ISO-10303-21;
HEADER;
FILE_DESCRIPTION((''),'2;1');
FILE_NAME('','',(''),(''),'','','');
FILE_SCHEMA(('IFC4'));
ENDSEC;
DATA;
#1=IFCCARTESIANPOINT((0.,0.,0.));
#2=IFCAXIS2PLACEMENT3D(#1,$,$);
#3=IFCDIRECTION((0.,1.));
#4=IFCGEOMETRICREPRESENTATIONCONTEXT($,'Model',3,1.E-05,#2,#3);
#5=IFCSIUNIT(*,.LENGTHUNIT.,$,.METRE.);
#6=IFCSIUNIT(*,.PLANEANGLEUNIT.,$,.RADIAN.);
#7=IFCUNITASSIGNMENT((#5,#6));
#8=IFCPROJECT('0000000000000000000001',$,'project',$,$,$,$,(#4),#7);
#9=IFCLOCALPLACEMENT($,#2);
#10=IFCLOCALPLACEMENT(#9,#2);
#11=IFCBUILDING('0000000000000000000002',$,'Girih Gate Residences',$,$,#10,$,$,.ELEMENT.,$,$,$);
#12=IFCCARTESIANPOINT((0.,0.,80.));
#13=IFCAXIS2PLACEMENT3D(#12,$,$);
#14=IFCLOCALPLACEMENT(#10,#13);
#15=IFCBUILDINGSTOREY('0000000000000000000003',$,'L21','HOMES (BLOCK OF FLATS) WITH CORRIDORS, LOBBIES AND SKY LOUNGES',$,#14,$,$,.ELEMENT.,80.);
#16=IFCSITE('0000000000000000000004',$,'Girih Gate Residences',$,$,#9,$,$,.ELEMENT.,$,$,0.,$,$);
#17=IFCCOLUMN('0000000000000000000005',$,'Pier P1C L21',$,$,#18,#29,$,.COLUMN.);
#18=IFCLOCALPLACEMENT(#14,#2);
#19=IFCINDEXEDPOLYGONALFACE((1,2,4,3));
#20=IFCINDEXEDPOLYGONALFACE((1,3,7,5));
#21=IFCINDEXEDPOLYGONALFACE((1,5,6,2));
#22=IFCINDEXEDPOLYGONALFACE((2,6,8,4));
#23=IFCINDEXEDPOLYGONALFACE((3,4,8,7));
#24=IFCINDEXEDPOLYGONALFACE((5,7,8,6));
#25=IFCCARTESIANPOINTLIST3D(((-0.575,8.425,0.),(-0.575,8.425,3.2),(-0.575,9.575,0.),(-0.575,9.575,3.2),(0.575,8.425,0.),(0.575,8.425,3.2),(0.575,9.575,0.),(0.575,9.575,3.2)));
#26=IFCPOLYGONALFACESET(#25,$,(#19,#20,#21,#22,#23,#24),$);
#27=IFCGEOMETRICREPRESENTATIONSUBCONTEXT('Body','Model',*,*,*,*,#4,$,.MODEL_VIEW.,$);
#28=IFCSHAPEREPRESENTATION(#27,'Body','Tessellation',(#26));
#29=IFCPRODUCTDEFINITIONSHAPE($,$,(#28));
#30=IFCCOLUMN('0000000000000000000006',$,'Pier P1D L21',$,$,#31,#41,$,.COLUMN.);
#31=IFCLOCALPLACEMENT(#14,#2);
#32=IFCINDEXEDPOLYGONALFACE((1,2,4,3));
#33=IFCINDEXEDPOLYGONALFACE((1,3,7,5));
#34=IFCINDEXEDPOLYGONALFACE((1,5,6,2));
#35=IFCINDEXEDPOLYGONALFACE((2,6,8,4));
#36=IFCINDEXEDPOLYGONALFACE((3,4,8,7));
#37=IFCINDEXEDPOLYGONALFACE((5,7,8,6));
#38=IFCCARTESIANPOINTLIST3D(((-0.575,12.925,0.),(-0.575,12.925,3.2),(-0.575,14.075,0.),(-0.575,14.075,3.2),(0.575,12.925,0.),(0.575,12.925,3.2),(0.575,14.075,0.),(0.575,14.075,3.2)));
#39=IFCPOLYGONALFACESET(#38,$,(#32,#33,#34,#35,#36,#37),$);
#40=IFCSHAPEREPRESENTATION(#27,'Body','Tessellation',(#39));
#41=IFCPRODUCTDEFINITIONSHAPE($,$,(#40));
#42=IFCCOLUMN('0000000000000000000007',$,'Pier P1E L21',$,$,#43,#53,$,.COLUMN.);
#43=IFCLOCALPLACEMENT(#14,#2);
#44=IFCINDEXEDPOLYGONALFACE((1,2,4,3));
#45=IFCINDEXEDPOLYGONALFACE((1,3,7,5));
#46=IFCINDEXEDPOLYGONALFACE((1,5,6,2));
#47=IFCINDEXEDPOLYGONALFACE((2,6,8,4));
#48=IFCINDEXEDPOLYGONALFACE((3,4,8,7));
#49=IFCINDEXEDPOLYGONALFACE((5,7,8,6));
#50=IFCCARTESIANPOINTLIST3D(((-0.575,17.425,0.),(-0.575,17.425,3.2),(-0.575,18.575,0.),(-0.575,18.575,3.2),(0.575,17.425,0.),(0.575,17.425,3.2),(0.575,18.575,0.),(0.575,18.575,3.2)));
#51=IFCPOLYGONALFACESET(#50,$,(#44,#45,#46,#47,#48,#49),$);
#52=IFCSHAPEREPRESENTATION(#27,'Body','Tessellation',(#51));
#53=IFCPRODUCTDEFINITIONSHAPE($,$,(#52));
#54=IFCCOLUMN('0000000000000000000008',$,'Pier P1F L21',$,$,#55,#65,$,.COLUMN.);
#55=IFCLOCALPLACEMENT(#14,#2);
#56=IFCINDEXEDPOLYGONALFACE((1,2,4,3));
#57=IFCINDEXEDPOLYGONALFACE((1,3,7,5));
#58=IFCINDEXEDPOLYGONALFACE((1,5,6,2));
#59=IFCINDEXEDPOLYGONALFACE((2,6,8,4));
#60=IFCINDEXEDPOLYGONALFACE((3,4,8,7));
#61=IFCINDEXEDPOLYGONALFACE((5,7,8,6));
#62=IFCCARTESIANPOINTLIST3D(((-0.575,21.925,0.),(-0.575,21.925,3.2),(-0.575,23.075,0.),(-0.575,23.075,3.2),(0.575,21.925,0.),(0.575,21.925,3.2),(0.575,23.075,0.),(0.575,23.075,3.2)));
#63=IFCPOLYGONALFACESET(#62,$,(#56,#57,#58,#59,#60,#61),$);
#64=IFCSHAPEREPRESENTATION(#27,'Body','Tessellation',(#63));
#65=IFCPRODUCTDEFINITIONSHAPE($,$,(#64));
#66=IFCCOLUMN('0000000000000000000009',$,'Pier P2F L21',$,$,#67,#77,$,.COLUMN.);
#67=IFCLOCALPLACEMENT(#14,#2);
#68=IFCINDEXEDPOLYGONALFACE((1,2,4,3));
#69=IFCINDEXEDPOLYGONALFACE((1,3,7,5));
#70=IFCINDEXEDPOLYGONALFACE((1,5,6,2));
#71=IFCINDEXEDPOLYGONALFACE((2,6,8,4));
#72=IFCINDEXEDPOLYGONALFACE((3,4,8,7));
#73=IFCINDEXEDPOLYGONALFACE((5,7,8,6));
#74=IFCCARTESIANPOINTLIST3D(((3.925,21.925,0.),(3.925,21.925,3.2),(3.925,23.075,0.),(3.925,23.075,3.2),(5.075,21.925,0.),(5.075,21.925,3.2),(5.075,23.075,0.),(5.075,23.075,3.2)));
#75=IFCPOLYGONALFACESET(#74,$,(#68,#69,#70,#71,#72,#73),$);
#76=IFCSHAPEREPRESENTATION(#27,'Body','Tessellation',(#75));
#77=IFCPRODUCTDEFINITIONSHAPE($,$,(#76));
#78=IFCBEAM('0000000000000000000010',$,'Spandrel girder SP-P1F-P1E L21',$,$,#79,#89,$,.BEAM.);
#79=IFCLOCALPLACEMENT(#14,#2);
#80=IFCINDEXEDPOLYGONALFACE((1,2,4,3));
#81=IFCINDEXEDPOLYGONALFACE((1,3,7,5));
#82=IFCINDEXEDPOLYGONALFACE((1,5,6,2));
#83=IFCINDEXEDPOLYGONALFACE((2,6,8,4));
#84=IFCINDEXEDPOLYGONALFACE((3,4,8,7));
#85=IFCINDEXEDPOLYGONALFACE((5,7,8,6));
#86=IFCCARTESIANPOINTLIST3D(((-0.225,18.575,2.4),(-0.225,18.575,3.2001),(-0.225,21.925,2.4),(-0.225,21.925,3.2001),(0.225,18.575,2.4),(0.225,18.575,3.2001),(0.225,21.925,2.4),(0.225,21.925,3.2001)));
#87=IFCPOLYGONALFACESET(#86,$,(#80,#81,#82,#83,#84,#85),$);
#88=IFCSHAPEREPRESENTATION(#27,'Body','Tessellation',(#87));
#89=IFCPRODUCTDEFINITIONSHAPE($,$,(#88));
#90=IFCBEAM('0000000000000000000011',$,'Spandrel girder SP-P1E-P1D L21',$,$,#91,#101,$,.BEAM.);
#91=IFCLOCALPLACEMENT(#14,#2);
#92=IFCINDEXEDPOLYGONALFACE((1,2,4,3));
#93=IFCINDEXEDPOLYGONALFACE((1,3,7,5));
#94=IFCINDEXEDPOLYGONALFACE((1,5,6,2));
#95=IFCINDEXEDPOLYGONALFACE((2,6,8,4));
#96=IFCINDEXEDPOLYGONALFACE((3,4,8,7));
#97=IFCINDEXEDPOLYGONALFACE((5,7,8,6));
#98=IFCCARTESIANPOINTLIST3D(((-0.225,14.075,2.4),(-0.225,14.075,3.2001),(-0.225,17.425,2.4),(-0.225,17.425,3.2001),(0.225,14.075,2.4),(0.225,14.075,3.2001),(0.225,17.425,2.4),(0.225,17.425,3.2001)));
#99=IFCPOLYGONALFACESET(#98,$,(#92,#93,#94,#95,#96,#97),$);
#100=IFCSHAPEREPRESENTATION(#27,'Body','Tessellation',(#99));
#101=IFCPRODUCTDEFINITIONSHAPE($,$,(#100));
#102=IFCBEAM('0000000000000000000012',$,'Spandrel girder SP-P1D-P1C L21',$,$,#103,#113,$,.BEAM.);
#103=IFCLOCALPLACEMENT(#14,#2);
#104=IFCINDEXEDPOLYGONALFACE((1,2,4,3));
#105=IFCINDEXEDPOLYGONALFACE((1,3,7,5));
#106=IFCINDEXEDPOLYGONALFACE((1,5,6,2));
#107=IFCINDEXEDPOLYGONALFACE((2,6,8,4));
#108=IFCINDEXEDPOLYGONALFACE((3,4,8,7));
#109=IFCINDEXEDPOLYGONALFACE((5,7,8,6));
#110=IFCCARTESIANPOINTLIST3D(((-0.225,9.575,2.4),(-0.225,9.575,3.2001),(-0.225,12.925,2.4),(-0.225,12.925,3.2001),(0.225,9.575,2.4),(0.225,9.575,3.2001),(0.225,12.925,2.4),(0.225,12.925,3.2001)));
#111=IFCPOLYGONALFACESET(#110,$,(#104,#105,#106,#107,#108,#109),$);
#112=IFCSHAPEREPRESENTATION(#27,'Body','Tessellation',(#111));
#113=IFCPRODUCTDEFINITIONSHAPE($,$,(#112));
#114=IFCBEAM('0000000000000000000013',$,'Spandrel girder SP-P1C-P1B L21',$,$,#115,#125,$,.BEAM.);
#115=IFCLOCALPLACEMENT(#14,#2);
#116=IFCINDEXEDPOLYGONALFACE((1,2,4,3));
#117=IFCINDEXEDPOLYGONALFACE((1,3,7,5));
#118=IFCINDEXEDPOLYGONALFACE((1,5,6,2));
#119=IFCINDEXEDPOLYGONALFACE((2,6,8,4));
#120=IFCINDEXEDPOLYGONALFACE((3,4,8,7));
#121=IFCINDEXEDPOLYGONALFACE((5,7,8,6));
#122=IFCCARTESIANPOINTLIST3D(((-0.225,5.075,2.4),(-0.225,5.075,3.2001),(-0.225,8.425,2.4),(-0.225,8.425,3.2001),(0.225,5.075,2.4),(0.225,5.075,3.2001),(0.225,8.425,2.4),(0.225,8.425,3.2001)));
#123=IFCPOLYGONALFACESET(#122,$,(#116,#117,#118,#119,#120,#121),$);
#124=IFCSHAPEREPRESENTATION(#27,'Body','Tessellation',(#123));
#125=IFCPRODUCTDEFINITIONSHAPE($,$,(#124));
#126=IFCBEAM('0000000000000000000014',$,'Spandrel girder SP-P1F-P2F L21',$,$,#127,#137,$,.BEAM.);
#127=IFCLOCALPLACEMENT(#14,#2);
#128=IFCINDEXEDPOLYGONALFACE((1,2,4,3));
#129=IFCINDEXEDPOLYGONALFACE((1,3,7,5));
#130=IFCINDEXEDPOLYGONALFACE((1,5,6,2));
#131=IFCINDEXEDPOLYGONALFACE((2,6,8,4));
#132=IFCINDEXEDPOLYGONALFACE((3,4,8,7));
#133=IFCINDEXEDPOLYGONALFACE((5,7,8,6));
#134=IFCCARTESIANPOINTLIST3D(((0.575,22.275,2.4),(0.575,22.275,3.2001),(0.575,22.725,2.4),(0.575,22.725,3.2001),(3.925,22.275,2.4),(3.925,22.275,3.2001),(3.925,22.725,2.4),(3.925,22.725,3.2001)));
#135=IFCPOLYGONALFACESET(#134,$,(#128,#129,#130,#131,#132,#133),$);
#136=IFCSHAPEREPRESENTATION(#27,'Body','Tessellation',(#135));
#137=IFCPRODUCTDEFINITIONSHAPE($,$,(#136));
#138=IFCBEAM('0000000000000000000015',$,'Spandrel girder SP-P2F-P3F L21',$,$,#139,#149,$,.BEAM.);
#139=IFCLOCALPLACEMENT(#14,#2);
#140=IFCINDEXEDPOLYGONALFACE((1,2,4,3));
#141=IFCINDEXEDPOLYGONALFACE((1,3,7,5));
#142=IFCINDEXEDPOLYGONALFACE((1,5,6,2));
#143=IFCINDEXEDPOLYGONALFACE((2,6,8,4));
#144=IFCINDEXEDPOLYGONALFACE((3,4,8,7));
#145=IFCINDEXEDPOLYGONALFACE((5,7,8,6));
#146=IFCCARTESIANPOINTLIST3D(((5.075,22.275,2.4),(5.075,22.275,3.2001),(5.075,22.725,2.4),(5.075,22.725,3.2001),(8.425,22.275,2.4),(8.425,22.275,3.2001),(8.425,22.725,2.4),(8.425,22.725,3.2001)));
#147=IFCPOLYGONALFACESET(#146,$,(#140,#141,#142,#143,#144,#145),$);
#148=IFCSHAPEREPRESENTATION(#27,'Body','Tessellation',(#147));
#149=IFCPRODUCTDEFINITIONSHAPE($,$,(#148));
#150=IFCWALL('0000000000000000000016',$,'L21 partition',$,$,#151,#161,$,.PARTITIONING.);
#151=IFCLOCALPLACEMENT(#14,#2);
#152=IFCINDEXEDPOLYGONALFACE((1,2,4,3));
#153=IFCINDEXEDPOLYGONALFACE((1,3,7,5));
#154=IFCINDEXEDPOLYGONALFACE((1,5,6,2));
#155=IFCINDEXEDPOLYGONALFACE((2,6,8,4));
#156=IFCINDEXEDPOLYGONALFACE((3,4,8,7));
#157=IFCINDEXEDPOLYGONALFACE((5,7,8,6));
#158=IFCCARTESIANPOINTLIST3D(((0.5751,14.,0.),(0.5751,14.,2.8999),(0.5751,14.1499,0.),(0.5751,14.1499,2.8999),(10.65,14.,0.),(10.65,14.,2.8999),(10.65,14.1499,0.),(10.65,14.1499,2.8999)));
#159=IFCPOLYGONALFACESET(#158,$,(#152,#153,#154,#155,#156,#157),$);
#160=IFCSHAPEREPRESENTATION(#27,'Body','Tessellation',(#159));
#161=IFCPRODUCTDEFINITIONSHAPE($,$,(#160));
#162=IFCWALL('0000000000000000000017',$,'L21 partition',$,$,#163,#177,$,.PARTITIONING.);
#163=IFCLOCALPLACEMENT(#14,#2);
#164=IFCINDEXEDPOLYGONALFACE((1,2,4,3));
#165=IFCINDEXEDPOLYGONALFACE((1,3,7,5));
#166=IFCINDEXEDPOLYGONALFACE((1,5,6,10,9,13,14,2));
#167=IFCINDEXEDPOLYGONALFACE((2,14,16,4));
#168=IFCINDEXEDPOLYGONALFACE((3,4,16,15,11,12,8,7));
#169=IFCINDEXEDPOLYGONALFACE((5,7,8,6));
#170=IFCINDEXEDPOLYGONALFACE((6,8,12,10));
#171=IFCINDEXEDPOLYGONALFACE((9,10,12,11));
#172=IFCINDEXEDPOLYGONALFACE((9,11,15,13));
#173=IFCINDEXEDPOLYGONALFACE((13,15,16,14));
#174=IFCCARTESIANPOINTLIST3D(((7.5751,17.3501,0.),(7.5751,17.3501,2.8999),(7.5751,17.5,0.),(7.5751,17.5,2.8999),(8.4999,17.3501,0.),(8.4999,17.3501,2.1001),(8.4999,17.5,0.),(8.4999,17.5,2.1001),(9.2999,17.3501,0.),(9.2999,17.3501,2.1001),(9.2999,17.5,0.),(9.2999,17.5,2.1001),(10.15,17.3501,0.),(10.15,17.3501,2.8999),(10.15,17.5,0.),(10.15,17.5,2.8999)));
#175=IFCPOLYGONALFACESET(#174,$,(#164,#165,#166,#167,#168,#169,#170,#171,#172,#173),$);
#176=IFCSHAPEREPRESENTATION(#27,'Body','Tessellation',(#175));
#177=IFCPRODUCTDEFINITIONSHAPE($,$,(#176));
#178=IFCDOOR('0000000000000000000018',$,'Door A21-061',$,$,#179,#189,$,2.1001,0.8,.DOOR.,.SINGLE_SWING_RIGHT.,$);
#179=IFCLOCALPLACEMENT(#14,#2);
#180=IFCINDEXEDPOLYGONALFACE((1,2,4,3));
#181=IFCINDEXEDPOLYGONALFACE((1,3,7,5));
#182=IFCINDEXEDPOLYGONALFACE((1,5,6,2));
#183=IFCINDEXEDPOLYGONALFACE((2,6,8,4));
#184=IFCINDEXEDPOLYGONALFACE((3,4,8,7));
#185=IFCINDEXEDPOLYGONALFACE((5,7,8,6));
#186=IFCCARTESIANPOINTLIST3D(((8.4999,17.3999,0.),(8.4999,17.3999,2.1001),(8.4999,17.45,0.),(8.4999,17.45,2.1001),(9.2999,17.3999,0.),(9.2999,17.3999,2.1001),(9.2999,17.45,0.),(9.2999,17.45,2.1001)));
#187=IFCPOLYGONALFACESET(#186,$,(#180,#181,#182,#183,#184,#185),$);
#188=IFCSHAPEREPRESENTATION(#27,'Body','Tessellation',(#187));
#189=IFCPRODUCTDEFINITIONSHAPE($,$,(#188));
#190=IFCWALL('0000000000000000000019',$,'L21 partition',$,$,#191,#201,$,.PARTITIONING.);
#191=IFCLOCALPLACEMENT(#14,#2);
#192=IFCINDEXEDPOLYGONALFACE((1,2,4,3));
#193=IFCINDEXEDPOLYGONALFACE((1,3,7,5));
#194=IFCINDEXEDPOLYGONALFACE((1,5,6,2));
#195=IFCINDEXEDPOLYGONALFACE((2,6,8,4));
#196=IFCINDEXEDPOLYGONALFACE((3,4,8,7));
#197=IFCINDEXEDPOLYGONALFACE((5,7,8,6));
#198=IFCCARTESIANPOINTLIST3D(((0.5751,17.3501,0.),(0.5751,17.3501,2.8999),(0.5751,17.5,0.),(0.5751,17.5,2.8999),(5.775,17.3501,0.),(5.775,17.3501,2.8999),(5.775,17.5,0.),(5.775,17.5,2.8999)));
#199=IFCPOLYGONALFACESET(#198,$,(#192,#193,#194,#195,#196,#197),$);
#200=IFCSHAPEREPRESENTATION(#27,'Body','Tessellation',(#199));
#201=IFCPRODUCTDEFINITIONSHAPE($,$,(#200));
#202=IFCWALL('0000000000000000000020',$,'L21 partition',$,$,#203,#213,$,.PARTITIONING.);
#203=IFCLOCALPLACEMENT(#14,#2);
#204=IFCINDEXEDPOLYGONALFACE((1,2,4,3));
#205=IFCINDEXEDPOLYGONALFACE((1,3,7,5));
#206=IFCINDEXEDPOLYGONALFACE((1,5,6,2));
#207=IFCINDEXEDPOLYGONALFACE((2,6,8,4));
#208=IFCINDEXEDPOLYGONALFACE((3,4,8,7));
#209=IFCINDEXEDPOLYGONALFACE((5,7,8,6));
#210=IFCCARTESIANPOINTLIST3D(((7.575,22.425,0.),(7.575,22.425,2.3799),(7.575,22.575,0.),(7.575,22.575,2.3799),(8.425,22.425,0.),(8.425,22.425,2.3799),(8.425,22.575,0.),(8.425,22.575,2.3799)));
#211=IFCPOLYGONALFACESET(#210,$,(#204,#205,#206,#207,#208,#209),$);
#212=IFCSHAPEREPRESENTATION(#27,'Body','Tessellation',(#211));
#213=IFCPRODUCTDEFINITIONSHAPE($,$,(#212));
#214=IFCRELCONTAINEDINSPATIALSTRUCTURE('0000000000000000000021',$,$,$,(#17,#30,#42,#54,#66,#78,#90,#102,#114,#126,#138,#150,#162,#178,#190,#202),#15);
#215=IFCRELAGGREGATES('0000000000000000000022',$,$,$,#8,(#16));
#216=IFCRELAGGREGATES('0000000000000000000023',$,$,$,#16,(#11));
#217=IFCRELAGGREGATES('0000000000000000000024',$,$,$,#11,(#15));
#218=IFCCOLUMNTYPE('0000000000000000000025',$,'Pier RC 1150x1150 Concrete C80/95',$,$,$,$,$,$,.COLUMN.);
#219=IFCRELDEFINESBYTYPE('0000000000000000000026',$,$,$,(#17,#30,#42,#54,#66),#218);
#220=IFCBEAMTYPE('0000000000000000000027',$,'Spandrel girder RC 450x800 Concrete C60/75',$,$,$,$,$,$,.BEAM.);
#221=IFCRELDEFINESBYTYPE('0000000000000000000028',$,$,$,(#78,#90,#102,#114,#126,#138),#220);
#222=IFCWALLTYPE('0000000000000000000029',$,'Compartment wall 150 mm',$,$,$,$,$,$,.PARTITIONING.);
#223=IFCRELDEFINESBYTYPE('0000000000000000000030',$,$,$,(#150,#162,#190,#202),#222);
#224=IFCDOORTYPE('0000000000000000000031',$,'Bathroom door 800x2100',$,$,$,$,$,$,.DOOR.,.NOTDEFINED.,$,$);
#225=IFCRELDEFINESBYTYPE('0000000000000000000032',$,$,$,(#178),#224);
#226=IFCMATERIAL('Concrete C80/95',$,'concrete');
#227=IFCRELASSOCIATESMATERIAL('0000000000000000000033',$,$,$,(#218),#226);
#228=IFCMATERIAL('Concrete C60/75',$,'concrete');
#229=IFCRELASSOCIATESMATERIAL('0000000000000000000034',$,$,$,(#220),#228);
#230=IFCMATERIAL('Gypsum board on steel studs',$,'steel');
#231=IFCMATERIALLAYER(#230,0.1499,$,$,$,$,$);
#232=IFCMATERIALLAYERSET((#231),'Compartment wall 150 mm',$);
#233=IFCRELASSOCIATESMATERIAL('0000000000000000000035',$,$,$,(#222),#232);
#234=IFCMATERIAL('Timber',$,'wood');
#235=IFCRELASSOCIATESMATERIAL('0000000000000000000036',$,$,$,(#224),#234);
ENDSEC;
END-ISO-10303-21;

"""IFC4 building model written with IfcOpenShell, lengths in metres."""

from ifc_helpers import new_model, si_unit, direction, frame, frame_2d, origin, origin_2d, place, context, subcontext, project, spatial, rectangle, extrude, material, layer, layer_set, material_profile, profile_set, type_object, element, fill, save


model = new_model("IFC4")

# Units and contexts
model_context = context("Model", 3, precision=1e-05, world=origin(), true_north=direction((0.0, 1.0)))
body_context = subcontext(model_context, "Body", "Model", "MODEL_VIEW")
ifc_project = project(units=[si_unit("LENGTHUNIT", "METRE"), si_unit("PLANEANGLEUNIT", "RADIAN")], contexts=[model_context])

# Site, building, storey
site_placement = place(None, origin())
site = spatial("IfcSite", under=ifc_project, at=site_placement, Name="Girih Gate Residences", CompositionType="ELEMENT", RefElevation=0.0)
building_placement = place(site_placement, origin())
building = spatial("IfcBuilding", under=site, at=building_placement, Name="Girih Gate Residences", CompositionType="ELEMENT")
storey_placement = place(building_placement, frame((0.0, 0.0, 80.0)))
storey = spatial("IfcBuildingStorey", under=building, at=storey_placement, Name="L21", Description="HOMES (BLOCK OF FLATS) WITH CORRIDORS, LOBBIES AND SKY LOUNGES", CompositionType="ELEMENT", Elevation=80.0)

# Columns
ifc_material_1 = material(Name="Concrete C80/95", Category="concrete")
ifc_material_profile_1 = material_profile(ifc_material_1, rectangle(XDim=1.1499, YDim=1.1499, at=origin_2d()))
ifc_profile_set_1 = profile_set([ifc_material_profile_1], Name="Concrete C80/95")
column_type = type_object("IfcColumnType", Name="Pier RC 1150x1150 Concrete C80/95", PredefinedType="COLUMN", material=ifc_profile_set_1)
for number, where, z_axis, x_axis, name in (
    (1, (0.0, 9.0, 0.0), (0.0, 0.0, 1.0), (1.0, 0.0, 0.0), "Pier P1C L21"),
    (2, (0.0, 13.5, 0.0), (0.0, 0.0, 1.0), (1.0, 0.0, 0.0), "Pier P1D L21"),
    (3, (0.0, 18.0, 0.0), (0.0, 0.0, 1.0), (1.0, 0.0, 0.0), "Pier P1E L21"),
    (4, (0.0, 22.5, 0.0), (0.0, 0.0, 1.0), (1.0, 0.0, 0.0), "Pier P1F L21"),
    (5, (4.5, 22.5, 0.0), (0.0, 0.0, 1.0), (1.0, 0.0, 0.0), "Pier P2F L21"),
):
    element("IfcColumn", number, at=place(storey_placement, frame(where, z_axis=z_axis, x_axis=x_axis)), inside=storey, type_object=column_type, Name=name, PredefinedType="COLUMN", context=body_context, shape_type="SweptSolid", body=[
        extrude(rectangle(XDim=1.1499, YDim=1.1499, at=origin_2d()), origin(), (0.0, 0.0, 1.0), 3.2),
    ])

# Beams
ifc_material_2 = material(Name="Concrete C60/75", Category="concrete")
ifc_material_profile_2 = material_profile(ifc_material_2, rectangle(XDim=0.45, YDim=0.8, at=origin_2d()))
ifc_profile_set_2 = profile_set([ifc_material_profile_2], Name="Concrete C60/75")
beam_type = type_object("IfcBeamType", Name="Spandrel girder RC 450x800 Concrete C60/75", PredefinedType="BEAM", material=ifc_profile_set_2)
for number, where, z_axis, x_axis, name in (
    (6, (0.0, 21.925, 2.8), (0.0, -1.0, 0.0), (1.0, 0.0, 0.0), "Spandrel girder SP-P1F-P1E L21"),
    (7, (0.0, 17.425, 2.8), (0.0, -1.0, 0.0), (1.0, 0.0, 0.0), "Spandrel girder SP-P1E-P1D L21"),
    (8, (0.0, 12.925, 2.8), (0.0, -1.0, 0.0), (1.0, 0.0, 0.0), "Spandrel girder SP-P1D-P1C L21"),
    (9, (0.0, 8.425, 2.8), (0.0, -1.0, 0.0), (1.0, 0.0, 0.0), "Spandrel girder SP-P1C-P1B L21"),
    (10, (0.575, 22.5, 2.8), (1.0, 0.0, 0.0), (0.0, 1.0, 0.0), "Spandrel girder SP-P1F-P2F L21"),
    (11, (5.075, 22.5, 2.8), (1.0, 0.0, 0.0), (0.0, 1.0, 0.0), "Spandrel girder SP-P2F-P3F L21"),
):
    element("IfcBeam", number, at=place(storey_placement, frame(where, z_axis=z_axis, x_axis=x_axis)), inside=storey, type_object=beam_type, Name=name, PredefinedType="BEAM", context=body_context, shape_type="SweptSolid", body=[
        extrude(rectangle(XDim=0.45, YDim=0.8, at=origin_2d()), origin(), (0.0, 0.0, 1.0), 3.3501),
    ])

# Wall
ifc_material_3 = material(Name="Gypsum board on steel studs", Category="steel")
ifc_layer_1 = layer(ifc_material_3, 0.1499)
ifc_layer_set_1 = layer_set([ifc_layer_1], Name="Compartment wall 150 mm")
wall_type_1 = type_object("IfcWallType", Name="Compartment wall 150 mm", PredefinedType="PARTITIONING", material=ifc_layer_set_1)
wall_1_placement = place(storey_placement, frame((0.575, 14.075, 0.0), z_axis=(0.0, 0.0, 1.0), x_axis=(1.0, 0.0, 0.0)))
element("IfcWall", 12, at=wall_1_placement, inside=storey, type_object=wall_type_1, Name="L21 partition", PredefinedType="PARTITIONING", context=body_context, shape_type="SweptSolid", body=[
    extrude(rectangle(XDim=10.075, YDim=0.1499, at=frame_2d((5.0376, 0.0))), origin(), (0.0, 0.0, 1.0), 2.8999),
])

# Wall, opening, door
wall_2_placement = place(storey_placement, frame((7.575, 17.425, 0.0), z_axis=(0.0, 0.0, 1.0), x_axis=(1.0, 0.0, 0.0)))
wall_2 = element("IfcWall", 13, at=wall_2_placement, inside=storey, type_object=wall_type_1, Name="L21 partition", PredefinedType="PARTITIONING", context=body_context, shape_type="SweptSolid", body=[
    extrude(rectangle(XDim=2.575, YDim=0.1499, at=frame_2d((1.2876, 0.0))), origin(), (0.0, 0.0, 1.0), 2.8999),
])
opening_1_placement = place(wall_2_placement, frame((0.925, 0.0, 0.0)))
opening_1 = element("IfcOpeningElement", 14, at=opening_1_placement, cuts=wall_2, PredefinedType="OPENING", context=body_context, shape_type="SweptSolid", body=[
    extrude(rectangle(XDim=0.8, YDim=2.1001, at=frame_2d((0.3999, 1.05))), frame((0.0, 0.085, 0.0), z_axis=(0.0, -1.0, 0.0), x_axis=(1.0, 0.0, 0.0)), (0.0, 0.0, 1.0), 0.1699),
])
ifc_material_4 = material(Name="Timber", Category="wood")
door_type_1 = type_object("IfcDoorType", Name="Bathroom door 800x2100", OperationType="NOTDEFINED", PredefinedType="DOOR", material=ifc_material_4)
door_1_placement = place(opening_1_placement, origin())
door_1 = element("IfcDoor", 15, at=door_1_placement, inside=storey, type_object=door_type_1, Name="Door A21-061", OperationType="SINGLE_SWING_RIGHT", OverallHeight=2.1001, OverallWidth=0.8, PredefinedType="DOOR", context=body_context, shape_type="SweptSolid", body=[
    extrude(rectangle(XDim=0.8, YDim=2.1001, at=frame_2d((0.3999, 1.05))), frame((0.0, 0.0249, 0.0), z_axis=(0.0, -1.0, 0.0), x_axis=(1.0, 0.0, 0.0)), (0.0, 0.0, 1.0), 0.05),
])
fill(opening_1, door_1)

# Walls
wall_3_placement = place(storey_placement, frame((0.575, 17.425, 0.0), z_axis=(0.0, 0.0, 1.0), x_axis=(1.0, 0.0, 0.0)))
element("IfcWall", 16, at=wall_3_placement, inside=storey, type_object=wall_type_1, Name="L21 partition", PredefinedType="PARTITIONING", context=body_context, shape_type="SweptSolid", body=[
    extrude(rectangle(XDim=5.2, YDim=0.1499, at=frame_2d((2.6001, 0.0))), origin(), (0.0, 0.0, 1.0), 2.8999),
])
wall_4_placement = place(storey_placement, frame((7.575, 22.5, 0.0), z_axis=(0.0, 0.0, 1.0), x_axis=(1.0, 0.0, 0.0)))
element("IfcWall", 17, at=wall_4_placement, inside=storey, type_object=wall_type_1, Name="L21 partition", PredefinedType="PARTITIONING", context=body_context, shape_type="SweptSolid", body=[
    extrude(rectangle(XDim=0.8501, YDim=0.1499, at=frame_2d((0.425, 0.0))), origin(), (0.0, 0.0, 1.0), 2.3799),
])

save(model, "model.ifc")
